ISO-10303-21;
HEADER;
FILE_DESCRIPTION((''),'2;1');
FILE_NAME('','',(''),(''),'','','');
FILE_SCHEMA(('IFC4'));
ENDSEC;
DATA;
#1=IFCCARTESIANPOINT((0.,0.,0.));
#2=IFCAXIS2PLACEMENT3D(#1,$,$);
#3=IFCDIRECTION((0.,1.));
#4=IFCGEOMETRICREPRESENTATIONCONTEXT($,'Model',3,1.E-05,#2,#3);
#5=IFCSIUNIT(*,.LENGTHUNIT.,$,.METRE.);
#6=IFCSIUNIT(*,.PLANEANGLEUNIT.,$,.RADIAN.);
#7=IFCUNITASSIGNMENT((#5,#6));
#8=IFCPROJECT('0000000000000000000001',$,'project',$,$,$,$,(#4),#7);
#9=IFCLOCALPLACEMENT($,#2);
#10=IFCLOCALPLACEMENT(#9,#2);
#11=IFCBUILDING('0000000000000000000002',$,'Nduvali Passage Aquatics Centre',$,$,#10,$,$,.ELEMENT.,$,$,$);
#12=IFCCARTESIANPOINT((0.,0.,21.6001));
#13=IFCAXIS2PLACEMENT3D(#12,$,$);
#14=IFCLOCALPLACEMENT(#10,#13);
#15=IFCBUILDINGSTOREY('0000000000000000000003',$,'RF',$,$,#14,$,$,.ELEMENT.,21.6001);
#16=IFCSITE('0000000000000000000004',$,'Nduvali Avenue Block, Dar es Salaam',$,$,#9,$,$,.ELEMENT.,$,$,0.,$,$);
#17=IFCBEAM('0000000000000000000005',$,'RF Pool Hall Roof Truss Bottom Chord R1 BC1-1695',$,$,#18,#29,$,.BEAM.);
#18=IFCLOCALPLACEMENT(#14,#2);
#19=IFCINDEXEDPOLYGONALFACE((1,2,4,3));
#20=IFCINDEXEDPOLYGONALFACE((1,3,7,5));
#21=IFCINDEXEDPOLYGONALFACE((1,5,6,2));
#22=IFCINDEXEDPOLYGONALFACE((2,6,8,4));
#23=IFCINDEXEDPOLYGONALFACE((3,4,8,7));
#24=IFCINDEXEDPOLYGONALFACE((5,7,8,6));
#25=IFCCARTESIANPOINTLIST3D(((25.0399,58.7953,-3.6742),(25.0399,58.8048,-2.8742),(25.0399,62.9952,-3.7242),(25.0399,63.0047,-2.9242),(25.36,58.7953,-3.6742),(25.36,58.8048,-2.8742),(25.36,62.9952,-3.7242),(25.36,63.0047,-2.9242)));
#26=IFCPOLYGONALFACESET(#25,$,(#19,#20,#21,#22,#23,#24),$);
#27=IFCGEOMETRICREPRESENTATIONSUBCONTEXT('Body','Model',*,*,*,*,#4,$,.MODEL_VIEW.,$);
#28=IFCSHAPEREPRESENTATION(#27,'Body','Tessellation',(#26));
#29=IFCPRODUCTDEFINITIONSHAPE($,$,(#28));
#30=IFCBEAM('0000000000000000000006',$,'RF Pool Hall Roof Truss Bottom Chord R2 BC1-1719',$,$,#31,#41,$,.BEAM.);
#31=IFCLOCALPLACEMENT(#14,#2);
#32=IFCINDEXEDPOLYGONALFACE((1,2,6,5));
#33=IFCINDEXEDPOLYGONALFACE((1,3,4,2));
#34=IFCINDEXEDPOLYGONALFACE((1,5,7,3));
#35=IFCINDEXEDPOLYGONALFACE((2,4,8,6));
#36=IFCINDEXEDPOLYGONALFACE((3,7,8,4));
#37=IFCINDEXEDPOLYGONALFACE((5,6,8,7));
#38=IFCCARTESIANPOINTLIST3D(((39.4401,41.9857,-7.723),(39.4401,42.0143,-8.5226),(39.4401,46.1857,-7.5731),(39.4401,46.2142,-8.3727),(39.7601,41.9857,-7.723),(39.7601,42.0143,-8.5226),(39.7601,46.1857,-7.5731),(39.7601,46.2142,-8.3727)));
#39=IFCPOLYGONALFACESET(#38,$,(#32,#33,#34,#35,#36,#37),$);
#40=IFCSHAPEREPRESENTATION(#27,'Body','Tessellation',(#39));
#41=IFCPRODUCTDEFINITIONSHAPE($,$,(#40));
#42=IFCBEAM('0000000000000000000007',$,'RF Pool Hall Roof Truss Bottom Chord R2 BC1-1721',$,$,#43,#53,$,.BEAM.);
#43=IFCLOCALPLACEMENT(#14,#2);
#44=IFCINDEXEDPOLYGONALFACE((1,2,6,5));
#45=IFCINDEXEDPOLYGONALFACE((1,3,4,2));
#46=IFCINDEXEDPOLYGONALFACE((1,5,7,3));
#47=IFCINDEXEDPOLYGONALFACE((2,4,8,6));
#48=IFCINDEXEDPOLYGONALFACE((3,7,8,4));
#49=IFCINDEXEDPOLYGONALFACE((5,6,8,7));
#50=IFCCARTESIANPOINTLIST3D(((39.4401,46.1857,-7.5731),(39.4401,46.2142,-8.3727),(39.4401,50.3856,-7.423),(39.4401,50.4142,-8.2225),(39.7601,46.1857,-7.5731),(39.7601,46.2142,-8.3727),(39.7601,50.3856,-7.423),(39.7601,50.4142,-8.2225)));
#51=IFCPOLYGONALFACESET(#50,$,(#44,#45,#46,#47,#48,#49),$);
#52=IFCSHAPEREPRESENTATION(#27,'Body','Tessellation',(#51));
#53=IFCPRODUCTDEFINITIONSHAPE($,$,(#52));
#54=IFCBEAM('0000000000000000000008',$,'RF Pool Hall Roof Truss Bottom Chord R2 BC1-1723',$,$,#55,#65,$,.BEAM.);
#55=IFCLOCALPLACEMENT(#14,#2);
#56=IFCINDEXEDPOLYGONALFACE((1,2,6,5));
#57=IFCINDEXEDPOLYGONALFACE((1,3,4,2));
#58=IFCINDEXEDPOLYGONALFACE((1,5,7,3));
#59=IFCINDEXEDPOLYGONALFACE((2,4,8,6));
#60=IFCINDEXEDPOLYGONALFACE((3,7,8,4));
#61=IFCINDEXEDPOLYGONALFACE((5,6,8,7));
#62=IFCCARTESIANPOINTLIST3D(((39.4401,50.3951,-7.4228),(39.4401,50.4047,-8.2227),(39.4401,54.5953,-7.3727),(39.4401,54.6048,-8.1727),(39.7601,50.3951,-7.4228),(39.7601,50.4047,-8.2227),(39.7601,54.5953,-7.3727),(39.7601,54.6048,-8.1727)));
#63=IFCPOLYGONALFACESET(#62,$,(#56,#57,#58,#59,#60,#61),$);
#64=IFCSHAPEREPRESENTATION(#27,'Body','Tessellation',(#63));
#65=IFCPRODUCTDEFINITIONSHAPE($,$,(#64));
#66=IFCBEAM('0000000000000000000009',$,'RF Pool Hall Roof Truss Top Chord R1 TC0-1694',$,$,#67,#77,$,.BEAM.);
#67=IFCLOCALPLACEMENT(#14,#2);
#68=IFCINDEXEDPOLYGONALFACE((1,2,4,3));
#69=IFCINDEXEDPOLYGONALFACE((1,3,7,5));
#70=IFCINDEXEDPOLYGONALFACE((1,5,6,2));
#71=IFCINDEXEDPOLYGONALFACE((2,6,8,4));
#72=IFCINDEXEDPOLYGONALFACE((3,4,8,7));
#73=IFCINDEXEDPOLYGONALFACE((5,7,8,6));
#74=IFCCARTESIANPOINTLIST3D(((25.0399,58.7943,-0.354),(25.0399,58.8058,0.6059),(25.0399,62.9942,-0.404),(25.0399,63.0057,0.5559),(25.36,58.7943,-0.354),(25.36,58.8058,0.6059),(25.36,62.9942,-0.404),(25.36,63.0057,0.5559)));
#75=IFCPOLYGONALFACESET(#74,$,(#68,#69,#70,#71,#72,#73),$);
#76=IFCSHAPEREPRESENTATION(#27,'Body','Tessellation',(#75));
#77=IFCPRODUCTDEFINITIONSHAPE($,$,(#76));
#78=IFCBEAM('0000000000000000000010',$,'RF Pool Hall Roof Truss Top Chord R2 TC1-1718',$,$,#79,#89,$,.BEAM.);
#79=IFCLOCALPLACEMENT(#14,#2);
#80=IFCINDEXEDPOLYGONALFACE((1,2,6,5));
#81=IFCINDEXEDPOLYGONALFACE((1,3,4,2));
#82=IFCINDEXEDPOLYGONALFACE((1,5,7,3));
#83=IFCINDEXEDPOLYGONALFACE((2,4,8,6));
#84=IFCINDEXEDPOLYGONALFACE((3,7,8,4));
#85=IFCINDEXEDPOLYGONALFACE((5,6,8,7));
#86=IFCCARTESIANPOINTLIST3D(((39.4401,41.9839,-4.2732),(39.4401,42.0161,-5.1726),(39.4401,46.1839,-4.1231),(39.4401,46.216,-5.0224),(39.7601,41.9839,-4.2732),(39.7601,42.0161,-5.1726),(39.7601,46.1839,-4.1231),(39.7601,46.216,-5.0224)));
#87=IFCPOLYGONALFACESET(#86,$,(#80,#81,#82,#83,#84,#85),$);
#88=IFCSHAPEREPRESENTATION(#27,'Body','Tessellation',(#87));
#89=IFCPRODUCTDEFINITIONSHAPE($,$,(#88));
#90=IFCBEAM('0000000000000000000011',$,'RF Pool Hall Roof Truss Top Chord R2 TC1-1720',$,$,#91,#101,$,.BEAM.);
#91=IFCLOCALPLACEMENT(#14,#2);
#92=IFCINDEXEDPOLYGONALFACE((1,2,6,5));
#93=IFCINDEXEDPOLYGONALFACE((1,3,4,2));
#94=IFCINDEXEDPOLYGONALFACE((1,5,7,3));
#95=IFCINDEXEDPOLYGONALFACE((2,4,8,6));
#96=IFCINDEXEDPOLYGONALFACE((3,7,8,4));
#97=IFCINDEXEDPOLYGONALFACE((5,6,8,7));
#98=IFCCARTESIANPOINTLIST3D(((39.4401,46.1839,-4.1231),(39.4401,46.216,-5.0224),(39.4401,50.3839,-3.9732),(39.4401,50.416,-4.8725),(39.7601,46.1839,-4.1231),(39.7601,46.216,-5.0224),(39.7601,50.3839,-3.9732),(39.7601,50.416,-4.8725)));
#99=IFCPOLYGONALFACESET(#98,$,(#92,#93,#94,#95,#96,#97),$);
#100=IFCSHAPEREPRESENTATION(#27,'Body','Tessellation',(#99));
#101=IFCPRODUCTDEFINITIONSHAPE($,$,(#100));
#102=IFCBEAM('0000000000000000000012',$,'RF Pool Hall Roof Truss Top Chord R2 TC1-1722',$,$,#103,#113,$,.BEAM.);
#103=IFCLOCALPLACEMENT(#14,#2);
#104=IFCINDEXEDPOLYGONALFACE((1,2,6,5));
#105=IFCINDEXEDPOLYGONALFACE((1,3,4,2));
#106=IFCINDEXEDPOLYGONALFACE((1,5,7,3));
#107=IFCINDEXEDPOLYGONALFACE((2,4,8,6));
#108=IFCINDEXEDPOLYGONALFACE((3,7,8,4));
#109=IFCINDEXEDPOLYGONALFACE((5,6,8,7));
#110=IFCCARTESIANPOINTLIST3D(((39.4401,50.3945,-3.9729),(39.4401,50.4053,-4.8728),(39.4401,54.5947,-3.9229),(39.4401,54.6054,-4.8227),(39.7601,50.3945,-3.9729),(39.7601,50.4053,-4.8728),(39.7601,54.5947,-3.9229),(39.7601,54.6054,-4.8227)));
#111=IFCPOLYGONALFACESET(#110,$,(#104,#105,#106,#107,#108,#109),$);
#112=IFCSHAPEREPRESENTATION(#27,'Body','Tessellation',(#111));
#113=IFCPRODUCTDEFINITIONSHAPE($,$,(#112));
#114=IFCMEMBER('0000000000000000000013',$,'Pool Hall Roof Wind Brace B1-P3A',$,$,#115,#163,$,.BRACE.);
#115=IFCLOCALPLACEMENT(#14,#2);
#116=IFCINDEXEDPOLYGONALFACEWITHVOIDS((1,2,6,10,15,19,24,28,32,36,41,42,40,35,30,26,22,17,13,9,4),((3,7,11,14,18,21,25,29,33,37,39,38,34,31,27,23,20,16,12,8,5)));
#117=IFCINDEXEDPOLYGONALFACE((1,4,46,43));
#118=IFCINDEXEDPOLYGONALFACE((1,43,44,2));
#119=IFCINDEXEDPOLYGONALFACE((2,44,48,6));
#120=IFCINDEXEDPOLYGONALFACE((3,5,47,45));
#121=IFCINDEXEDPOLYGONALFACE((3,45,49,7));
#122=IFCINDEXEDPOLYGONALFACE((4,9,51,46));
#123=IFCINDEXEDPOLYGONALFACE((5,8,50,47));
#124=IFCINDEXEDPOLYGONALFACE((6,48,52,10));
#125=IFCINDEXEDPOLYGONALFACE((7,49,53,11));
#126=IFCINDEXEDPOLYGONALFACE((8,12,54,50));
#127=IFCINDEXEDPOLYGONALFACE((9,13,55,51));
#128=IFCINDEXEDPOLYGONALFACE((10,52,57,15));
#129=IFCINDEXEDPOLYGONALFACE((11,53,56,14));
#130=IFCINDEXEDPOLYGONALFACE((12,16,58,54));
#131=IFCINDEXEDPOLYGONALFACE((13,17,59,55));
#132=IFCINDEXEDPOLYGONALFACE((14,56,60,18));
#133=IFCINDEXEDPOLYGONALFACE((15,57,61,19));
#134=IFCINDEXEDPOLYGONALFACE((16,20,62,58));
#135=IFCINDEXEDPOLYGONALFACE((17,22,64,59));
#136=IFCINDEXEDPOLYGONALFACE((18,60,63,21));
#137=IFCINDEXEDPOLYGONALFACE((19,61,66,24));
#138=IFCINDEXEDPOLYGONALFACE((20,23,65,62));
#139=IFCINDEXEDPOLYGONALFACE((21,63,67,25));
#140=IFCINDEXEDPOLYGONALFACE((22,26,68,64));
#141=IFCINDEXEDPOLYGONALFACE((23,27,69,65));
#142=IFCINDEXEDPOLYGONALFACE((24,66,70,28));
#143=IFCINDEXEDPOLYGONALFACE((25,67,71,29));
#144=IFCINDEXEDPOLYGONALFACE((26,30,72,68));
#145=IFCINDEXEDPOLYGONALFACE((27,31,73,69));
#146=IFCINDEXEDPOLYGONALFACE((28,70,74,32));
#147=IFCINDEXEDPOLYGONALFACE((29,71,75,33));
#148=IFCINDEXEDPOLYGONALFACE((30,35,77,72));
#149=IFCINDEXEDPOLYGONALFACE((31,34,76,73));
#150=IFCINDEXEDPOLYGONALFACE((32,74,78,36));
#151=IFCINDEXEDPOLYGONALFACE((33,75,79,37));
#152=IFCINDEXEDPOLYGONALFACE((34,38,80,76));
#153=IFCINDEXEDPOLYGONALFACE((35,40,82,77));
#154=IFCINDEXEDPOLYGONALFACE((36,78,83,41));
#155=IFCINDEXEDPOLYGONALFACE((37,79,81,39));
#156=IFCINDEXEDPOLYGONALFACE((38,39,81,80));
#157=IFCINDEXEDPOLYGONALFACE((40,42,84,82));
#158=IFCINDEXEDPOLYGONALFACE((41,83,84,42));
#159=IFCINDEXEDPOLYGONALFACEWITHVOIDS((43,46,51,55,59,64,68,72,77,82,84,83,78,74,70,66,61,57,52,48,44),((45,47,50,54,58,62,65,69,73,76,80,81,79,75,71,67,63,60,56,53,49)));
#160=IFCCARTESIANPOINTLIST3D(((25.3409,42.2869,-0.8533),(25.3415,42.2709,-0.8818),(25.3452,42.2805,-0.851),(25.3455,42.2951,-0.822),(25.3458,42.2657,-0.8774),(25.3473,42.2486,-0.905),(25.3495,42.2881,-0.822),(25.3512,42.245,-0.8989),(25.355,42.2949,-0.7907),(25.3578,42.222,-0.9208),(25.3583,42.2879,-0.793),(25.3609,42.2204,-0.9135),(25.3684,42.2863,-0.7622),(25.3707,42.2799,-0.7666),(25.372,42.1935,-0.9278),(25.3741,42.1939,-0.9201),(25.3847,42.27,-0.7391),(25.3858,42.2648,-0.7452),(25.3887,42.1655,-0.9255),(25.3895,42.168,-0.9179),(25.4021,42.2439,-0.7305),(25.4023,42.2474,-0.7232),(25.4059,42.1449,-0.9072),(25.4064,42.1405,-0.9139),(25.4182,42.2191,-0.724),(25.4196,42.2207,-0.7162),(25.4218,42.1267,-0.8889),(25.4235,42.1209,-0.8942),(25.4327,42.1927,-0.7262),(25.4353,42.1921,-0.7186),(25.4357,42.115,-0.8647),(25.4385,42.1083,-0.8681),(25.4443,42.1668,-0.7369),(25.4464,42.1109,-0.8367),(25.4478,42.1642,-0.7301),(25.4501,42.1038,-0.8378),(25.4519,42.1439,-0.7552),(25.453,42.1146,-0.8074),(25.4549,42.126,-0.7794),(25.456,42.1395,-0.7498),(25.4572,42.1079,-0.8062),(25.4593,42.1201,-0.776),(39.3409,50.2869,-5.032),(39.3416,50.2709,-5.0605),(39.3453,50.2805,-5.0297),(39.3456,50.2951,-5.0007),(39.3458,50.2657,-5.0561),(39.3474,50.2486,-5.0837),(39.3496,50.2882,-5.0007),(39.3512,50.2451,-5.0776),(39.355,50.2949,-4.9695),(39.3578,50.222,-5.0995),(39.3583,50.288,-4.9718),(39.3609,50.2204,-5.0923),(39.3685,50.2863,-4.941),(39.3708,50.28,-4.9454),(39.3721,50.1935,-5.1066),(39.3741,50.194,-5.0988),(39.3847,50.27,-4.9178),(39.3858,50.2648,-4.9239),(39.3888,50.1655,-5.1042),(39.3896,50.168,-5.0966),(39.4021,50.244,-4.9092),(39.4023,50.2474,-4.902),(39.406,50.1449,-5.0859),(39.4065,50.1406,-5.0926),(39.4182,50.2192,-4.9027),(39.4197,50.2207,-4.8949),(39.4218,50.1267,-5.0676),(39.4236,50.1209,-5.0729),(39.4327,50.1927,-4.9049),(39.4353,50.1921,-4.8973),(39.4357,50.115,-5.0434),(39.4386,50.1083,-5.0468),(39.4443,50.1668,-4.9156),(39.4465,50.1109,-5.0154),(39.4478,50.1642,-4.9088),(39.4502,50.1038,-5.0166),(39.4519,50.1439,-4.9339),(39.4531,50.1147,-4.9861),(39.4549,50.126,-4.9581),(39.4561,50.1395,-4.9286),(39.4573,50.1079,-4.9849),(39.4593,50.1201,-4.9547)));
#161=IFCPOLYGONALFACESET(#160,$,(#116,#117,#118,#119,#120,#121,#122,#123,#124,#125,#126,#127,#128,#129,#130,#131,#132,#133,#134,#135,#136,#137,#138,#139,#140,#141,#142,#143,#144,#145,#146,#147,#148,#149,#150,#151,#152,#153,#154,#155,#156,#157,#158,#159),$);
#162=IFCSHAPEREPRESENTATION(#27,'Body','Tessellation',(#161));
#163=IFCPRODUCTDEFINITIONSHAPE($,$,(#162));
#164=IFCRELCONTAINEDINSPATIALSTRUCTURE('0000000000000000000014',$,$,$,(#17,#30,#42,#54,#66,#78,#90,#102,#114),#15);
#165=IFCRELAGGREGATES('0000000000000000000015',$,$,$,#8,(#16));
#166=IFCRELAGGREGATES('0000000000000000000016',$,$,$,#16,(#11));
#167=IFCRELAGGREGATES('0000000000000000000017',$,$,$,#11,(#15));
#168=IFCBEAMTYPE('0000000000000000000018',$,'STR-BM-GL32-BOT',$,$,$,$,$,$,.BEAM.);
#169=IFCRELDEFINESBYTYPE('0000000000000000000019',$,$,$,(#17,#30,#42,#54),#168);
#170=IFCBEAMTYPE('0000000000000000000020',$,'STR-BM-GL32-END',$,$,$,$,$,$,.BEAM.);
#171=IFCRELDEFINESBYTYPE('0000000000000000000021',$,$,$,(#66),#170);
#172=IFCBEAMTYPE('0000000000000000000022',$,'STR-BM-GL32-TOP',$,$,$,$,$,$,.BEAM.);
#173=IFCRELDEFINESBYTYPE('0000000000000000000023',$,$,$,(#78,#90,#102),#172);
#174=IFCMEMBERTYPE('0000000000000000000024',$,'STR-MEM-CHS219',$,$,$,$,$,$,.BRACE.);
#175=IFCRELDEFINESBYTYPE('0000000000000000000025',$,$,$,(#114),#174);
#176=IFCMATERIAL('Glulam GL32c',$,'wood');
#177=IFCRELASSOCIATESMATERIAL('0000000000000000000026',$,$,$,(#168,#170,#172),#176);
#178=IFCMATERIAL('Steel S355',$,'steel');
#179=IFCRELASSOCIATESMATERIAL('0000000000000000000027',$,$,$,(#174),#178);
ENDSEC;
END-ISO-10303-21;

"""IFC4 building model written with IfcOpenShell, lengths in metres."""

from ifc_helpers import new_model, si_unit, direction, frame, origin, origin_2d, place, context, subcontext, project, spatial, rectangle, hollow_circle, extrude, material, material_profile, profile_set, type_object, element, save


model = new_model("IFC4")

# Units and contexts
model_context = context("Model", 3, precision=1e-05, world=origin(), true_north=direction((0.0, 1.0)))
body_context = subcontext(model_context, "Body", "Model", "MODEL_VIEW")
ifc_project = project(units=[si_unit("LENGTHUNIT", "METRE"), si_unit("PLANEANGLEUNIT", "RADIAN")], contexts=[model_context])

# Site, building, storey
site_placement = place(None, origin())
site = spatial("IfcSite", under=ifc_project, at=site_placement, Name="Nduvali Avenue Block, Dar es Salaam", CompositionType="ELEMENT", RefElevation=0.0)
building_placement = place(site_placement, origin())
building = spatial("IfcBuilding", under=site, at=building_placement, Name="Nduvali Passage Aquatics Centre", CompositionType="ELEMENT")
storey_placement = place(building_placement, frame((0.0, 0.0, 21.6001)))
storey = spatial("IfcBuildingStorey", under=building, at=storey_placement, Name="RF", CompositionType="ELEMENT", Elevation=21.6001)

# Beams
ifc_material_1 = material(Name="Glulam GL32c", Category="wood")
ifc_material_profile_1 = material_profile(ifc_material_1, rectangle(XDim=0.3201, YDim=0.8, at=origin_2d()), Name="GL32c 320x800")
ifc_profile_set_1 = profile_set([ifc_material_profile_1], Name="Glulam GL32c")
beam_type_1 = type_object("IfcBeamType", Name="STR-BM-GL32-BOT", PredefinedType="BEAM", material=ifc_profile_set_1)
beam_1_placement = place(storey_placement, frame((25.2, 58.8, -3.2742), z_axis=(0.0, 0.999929, -0.011916), x_axis=(-1.0, 0.0, 0.0)))
element("IfcBeam", 1, at=beam_1_placement, inside=storey, type_object=beam_type_1, Name="RF Pool Hall Roof Truss Bottom Chord R1 BC1-1695", PredefinedType="BEAM", context=body_context, shape_type="SweptSolid", body=[
    extrude(rectangle(XDim=0.3201, YDim=0.8, at=origin_2d()), origin(), (0.0, 0.0, 1.0), 4.2002),
])
for number, where, z_axis, x_axis, name in (
    (2, (39.6001, 42.0, -8.1228), (0.0, 0.999364, 0.035669), (-1.0, 0.0, 0.0), "RF Pool Hall Roof Truss Bottom Chord R2 BC1-1719"),
    (3, (39.6001, 46.2, -7.9729), (0.0, 0.999362, 0.035727), (-1.0, 0.0, 0.0), "RF Pool Hall Roof Truss Bottom Chord R2 BC1-1721"),
):
    element("IfcBeam", number, at=place(storey_placement, frame(where, z_axis=z_axis, x_axis=x_axis)), inside=storey, type_object=beam_type_1, Name=name, PredefinedType="BEAM", context=body_context, shape_type="SweptSolid", body=[
        extrude(rectangle(XDim=0.3201, YDim=0.8, at=origin_2d()), origin(), (0.0, 0.0, 1.0), 4.2026),
    ])
beam_2_placement = place(storey_placement, frame((39.6001, 50.3999, -7.8228), z_axis=(0.0, 0.999929, 0.011915), x_axis=(-1.0, 0.0, 0.0)))
element("IfcBeam", 4, at=beam_2_placement, inside=storey, type_object=beam_type_1, Name="RF Pool Hall Roof Truss Bottom Chord R2 BC1-1723", PredefinedType="BEAM", context=body_context, shape_type="SweptSolid", body=[
    extrude(rectangle(XDim=0.3201, YDim=0.8, at=origin_2d()), origin(), (0.0, 0.0, 1.0), 4.2004),
])
ifc_material_profile_2 = material_profile(ifc_material_1, rectangle(XDim=0.3201, YDim=0.96, at=origin_2d()), Name="GL32c 320x960")
ifc_profile_set_2 = profile_set([ifc_material_profile_2], Name="Glulam GL32c")
beam_type_2 = type_object("IfcBeamType", Name="STR-BM-GL32-END", PredefinedType="BEAM", material=ifc_profile_set_2)
beam_3_placement = place(storey_placement, frame((25.2, 58.8, 0.126), z_axis=(0.0, 0.999929, -0.011916), x_axis=(-1.0, 0.0, 0.0)))
element("IfcBeam", 5, at=beam_3_placement, inside=storey, type_object=beam_type_2, Name="RF Pool Hall Roof Truss Top Chord R1 TC0-1694", PredefinedType="BEAM", context=body_context, shape_type="SweptSolid", body=[
    extrude(rectangle(XDim=0.3201, YDim=0.96, at=origin_2d()), origin(), (0.0, 0.0, 1.0), 4.2002),
])
ifc_material_profile_3 = material_profile(ifc_material_1, rectangle(XDim=0.3201, YDim=0.8999, at=origin_2d()), Name="GL32c 320x900")
ifc_profile_set_3 = profile_set([ifc_material_profile_3], Name="Glulam GL32c")
beam_type_3 = type_object("IfcBeamType", Name="STR-BM-GL32-TOP", PredefinedType="BEAM", material=ifc_profile_set_3)
for number, where, z_axis, x_axis, name in (
    (6, (39.6001, 42.0, -4.7229), (0.0, 0.999362, 0.035727), (-1.0, 0.0, 0.0), "RF Pool Hall Roof Truss Top Chord R2 TC1-1718"),
    (7, (39.6001, 46.2, -4.5728), (0.0, 0.999364, 0.035669), (-1.0, 0.0, 0.0), "RF Pool Hall Roof Truss Top Chord R2 TC1-1720"),
):
    element("IfcBeam", number, at=place(storey_placement, frame(where, z_axis=z_axis, x_axis=x_axis)), inside=storey, type_object=beam_type_3, Name=name, PredefinedType="BEAM", context=body_context, shape_type="SweptSolid", body=[
        extrude(rectangle(XDim=0.3201, YDim=0.8999, at=origin_2d()), origin(), (0.0, 0.0, 1.0), 4.2026),
    ])
beam_4_placement = place(storey_placement, frame((39.6001, 50.3999, -4.4229), z_axis=(0.0, 0.999929, 0.011915), x_axis=(-1.0, 0.0, 0.0)))
element("IfcBeam", 8, at=beam_4_placement, inside=storey, type_object=beam_type_3, Name="RF Pool Hall Roof Truss Top Chord R2 TC1-1722", PredefinedType="BEAM", context=body_context, shape_type="SweptSolid", body=[
    extrude(rectangle(XDim=0.3201, YDim=0.8999, at=origin_2d()), origin(), (0.0, 0.0, 1.0), 4.2004),
])

# Member
ifc_material_2 = material(Name="Steel S355", Category="steel")
ifc_material_profile_4 = material_profile(ifc_material_2, hollow_circle(Radius=0.1096, WallThickness=0.0081, at=origin_2d()), Name="CHS 219.1x8.0")
ifc_profile_set_4 = profile_set([ifc_material_profile_4], Name="Steel S355")
member_type_1 = type_object("IfcMemberType", Name="STR-MEM-CHS219", PredefinedType="BRACE", material=ifc_profile_set_4)
member_1_placement = place(storey_placement, frame((25.3999, 42.2, -0.822), z_axis=(0.840478, 0.480273, -0.250865), x_axis=(-0.496139, 0.868243, 0.0)))
element("IfcMember", 9, at=member_1_placement, inside=storey, type_object=member_type_1, Name="Pool Hall Roof Wind Brace B1-P3A", PredefinedType="BRACE", context=body_context, shape_type="SweptSolid", body=[
    extrude(hollow_circle(Radius=0.1096, WallThickness=0.0081, at=origin_2d()), origin(), (0.0, 0.0, 1.0), 16.6572),
])

save(model, "model.ifc")
